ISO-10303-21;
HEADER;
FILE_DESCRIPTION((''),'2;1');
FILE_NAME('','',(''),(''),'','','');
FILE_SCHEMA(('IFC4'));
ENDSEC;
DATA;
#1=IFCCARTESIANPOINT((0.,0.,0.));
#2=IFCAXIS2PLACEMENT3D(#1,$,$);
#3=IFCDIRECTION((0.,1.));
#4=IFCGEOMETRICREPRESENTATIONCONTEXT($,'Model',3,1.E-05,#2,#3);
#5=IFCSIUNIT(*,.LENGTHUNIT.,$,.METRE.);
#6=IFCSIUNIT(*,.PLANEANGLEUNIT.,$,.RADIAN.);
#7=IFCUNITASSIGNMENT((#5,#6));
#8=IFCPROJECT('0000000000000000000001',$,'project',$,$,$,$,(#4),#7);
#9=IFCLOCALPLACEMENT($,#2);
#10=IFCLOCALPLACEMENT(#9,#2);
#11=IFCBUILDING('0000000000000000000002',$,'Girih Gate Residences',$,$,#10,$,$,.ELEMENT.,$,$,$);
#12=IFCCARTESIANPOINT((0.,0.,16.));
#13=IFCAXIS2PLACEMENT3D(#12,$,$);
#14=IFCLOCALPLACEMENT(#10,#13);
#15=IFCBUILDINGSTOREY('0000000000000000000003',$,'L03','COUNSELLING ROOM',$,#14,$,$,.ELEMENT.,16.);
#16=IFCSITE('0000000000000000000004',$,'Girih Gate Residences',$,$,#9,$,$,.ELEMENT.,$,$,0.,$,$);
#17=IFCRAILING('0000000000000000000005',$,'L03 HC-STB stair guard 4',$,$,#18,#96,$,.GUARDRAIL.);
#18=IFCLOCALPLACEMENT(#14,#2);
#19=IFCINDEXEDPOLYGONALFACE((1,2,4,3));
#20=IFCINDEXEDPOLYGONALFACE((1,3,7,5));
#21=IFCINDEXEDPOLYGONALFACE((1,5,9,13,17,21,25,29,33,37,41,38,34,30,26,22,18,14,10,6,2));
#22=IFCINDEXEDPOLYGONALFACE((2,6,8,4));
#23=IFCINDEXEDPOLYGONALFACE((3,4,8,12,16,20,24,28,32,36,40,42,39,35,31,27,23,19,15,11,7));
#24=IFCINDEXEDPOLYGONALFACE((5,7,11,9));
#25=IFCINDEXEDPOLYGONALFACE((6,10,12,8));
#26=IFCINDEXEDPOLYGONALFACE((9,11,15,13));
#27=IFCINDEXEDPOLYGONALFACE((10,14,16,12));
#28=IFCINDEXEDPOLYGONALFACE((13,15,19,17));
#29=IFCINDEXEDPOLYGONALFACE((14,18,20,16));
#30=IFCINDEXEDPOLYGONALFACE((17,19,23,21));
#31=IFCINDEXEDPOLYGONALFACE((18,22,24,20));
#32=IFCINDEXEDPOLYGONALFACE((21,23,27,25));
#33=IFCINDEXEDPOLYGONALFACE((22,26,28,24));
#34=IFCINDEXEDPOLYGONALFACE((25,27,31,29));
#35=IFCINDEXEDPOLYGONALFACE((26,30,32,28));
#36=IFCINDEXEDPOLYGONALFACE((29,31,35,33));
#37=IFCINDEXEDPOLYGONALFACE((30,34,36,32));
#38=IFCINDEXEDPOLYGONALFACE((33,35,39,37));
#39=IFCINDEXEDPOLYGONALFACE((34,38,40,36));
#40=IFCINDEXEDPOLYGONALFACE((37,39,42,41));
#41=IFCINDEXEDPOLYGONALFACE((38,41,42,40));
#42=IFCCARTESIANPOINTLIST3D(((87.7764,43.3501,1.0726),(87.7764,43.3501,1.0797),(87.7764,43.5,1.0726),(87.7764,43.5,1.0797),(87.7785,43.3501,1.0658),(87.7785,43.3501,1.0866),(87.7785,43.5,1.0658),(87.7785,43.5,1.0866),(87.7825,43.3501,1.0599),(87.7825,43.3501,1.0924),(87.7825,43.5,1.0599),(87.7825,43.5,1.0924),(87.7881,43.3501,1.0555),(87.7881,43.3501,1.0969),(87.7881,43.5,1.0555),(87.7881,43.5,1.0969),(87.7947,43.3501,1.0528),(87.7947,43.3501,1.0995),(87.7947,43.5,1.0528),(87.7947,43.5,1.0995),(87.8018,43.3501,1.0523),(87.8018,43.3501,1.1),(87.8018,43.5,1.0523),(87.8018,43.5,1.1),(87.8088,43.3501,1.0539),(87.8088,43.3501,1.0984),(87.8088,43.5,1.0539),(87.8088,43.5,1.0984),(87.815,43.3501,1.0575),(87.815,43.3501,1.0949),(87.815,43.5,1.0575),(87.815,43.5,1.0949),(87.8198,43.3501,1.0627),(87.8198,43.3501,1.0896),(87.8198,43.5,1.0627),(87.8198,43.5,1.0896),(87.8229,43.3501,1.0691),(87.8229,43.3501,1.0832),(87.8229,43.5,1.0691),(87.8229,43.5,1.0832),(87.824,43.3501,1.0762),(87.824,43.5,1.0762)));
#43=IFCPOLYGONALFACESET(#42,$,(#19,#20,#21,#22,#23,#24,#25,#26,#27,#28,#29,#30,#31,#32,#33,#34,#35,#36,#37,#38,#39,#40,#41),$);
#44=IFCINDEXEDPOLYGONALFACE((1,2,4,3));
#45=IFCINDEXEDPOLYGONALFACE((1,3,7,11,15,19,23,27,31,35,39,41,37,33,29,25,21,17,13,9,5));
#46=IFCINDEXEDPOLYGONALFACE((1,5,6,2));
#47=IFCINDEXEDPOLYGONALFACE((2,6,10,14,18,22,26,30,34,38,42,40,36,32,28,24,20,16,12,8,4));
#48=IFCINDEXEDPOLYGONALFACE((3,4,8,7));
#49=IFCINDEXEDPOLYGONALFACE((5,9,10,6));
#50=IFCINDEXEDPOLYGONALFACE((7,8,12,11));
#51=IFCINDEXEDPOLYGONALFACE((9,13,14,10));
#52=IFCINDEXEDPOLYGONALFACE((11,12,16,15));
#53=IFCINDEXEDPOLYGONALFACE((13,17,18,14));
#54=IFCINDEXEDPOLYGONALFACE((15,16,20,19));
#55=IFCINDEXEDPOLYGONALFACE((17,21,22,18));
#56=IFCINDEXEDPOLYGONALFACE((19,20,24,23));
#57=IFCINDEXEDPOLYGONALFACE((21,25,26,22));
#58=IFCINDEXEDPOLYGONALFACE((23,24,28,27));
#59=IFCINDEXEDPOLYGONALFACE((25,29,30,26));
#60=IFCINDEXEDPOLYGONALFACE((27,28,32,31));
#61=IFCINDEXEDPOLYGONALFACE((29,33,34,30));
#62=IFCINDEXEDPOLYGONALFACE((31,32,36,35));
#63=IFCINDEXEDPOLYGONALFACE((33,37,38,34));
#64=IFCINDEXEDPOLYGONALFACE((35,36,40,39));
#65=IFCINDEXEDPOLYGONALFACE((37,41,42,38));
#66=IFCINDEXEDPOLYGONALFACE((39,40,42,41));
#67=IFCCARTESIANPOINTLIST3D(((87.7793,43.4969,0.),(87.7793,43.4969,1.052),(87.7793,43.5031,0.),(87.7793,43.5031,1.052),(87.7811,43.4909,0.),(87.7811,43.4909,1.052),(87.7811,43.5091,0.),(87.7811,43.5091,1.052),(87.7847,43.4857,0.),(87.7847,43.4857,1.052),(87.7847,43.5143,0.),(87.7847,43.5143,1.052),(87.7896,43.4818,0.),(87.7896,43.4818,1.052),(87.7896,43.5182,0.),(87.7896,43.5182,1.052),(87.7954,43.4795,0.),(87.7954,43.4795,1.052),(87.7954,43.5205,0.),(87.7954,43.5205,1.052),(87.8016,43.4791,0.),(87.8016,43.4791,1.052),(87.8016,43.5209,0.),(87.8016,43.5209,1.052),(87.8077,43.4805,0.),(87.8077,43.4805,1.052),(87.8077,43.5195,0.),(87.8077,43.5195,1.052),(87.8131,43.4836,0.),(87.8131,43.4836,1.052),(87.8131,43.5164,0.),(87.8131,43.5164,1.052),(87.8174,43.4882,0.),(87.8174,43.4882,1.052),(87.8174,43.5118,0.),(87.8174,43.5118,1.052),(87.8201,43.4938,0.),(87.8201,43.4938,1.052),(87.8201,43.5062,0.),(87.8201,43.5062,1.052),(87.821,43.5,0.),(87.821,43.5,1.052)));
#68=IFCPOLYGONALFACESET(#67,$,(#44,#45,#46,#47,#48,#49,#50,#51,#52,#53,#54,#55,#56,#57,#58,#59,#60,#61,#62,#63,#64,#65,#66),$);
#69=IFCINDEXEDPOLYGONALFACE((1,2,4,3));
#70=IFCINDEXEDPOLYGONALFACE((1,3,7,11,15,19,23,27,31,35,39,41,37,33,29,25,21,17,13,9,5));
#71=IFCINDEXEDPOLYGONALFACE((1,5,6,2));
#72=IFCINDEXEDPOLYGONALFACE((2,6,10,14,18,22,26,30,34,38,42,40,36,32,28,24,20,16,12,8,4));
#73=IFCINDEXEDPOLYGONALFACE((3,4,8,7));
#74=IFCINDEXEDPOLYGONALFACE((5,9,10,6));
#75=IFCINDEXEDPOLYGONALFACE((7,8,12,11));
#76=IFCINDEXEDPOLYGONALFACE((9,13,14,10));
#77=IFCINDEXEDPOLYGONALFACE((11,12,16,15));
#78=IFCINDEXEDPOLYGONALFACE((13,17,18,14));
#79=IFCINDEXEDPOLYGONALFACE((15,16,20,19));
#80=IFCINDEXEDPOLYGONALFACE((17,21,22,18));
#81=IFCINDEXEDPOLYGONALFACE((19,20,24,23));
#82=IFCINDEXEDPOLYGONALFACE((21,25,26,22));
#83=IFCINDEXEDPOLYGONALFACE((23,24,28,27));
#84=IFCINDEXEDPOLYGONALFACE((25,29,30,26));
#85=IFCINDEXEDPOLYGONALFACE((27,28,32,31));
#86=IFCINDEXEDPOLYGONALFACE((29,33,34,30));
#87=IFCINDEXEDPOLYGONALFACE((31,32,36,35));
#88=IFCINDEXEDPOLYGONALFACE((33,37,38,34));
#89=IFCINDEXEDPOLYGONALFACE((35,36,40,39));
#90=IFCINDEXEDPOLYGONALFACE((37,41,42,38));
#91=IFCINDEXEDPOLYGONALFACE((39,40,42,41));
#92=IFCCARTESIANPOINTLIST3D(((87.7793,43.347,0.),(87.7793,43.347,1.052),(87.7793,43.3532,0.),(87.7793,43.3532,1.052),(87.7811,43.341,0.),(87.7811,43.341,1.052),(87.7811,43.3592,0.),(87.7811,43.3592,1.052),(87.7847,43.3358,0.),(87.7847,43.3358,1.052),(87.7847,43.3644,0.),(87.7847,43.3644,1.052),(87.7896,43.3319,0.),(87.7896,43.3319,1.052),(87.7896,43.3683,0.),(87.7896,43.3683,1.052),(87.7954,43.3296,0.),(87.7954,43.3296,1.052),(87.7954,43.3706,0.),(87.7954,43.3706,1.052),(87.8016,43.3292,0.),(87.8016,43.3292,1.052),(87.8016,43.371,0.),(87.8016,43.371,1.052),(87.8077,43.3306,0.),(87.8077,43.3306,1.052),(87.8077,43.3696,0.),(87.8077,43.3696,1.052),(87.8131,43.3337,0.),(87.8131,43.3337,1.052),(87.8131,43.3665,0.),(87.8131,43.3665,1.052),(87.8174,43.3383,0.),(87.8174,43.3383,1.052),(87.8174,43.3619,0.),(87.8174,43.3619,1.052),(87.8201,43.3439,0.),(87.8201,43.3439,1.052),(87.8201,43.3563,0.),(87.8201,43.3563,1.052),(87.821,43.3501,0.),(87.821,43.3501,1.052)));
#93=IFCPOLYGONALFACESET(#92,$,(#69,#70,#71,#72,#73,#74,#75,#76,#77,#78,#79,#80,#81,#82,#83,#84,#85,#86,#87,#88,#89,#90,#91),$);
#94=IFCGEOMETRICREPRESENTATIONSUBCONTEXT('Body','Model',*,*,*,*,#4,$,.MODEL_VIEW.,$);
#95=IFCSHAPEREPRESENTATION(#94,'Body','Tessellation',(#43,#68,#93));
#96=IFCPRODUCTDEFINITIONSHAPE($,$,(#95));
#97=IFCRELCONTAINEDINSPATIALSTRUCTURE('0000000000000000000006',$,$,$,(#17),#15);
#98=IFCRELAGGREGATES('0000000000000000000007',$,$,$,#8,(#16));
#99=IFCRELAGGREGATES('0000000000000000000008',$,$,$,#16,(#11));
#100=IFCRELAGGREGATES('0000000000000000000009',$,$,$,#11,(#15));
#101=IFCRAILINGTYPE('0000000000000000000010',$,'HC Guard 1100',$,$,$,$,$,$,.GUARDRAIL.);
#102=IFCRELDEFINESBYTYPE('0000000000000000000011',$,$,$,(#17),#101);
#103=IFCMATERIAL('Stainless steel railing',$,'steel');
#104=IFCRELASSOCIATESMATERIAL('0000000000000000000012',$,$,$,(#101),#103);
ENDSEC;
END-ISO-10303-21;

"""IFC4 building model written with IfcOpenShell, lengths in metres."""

from ifc_helpers import new_model, si_unit, direction, frame, origin, origin_2d, place, context, subcontext, project, spatial, circle, extrude, material, type_object, element, save


model = new_model("IFC4")

# Units and contexts
model_context = context("Model", 3, precision=1e-05, world=origin(), true_north=direction((0.0, 1.0)))
body_context = subcontext(model_context, "Body", "Model", "MODEL_VIEW")
ifc_project = project(units=[si_unit("LENGTHUNIT", "METRE"), si_unit("PLANEANGLEUNIT", "RADIAN")], contexts=[model_context])

# Site, building, storey
site_placement = place(None, origin())
site = spatial("IfcSite", under=ifc_project, at=site_placement, Name="Girih Gate Residences", CompositionType="ELEMENT", RefElevation=0.0)
building_placement = place(site_placement, origin())
building = spatial("IfcBuilding", under=site, at=building_placement, Name="Girih Gate Residences", CompositionType="ELEMENT")
storey_placement = place(building_placement, frame((0.0, 0.0, 16.0)))
storey = spatial("IfcBuildingStorey", under=building, at=storey_placement, Name="L03", Description="COUNSELLING ROOM", CompositionType="ELEMENT", Elevation=16.0)

# Railing
ifc_material_1 = material(Name="Stainless steel railing", Category="steel")
railing_type_1 = type_object("IfcRailingType", Name="HC Guard 1100", PredefinedType="GUARDRAIL", material=ifc_material_1)
railing_1_placement = place(storey_placement, frame((87.8, 43.5, 0.0)))
element("IfcRailing", 1, at=railing_1_placement, inside=storey, type_object=railing_type_1, Name="L03 HC-STB stair guard 4", PredefinedType="GUARDRAIL", context=body_context, shape_type="SweptSolid", body=[
    extrude(circle(Radius=0.0239, at=origin_2d()), frame((0.0, 0.0, 1.0762), z_axis=(0.0, -1.0, 0.0), x_axis=(1.0, 0.0, 0.0)), (0.0, 0.0, 1.0), 0.1499),
    extrude(circle(Radius=0.021, at=origin_2d()), origin(), (0.0, 0.0, 1.0), 1.052),
    extrude(circle(Radius=0.021, at=origin_2d()), frame((0.0, -0.1499, 0.0)), (0.0, 0.0, 1.0), 1.052),
])

save(model, "model.ifc")
